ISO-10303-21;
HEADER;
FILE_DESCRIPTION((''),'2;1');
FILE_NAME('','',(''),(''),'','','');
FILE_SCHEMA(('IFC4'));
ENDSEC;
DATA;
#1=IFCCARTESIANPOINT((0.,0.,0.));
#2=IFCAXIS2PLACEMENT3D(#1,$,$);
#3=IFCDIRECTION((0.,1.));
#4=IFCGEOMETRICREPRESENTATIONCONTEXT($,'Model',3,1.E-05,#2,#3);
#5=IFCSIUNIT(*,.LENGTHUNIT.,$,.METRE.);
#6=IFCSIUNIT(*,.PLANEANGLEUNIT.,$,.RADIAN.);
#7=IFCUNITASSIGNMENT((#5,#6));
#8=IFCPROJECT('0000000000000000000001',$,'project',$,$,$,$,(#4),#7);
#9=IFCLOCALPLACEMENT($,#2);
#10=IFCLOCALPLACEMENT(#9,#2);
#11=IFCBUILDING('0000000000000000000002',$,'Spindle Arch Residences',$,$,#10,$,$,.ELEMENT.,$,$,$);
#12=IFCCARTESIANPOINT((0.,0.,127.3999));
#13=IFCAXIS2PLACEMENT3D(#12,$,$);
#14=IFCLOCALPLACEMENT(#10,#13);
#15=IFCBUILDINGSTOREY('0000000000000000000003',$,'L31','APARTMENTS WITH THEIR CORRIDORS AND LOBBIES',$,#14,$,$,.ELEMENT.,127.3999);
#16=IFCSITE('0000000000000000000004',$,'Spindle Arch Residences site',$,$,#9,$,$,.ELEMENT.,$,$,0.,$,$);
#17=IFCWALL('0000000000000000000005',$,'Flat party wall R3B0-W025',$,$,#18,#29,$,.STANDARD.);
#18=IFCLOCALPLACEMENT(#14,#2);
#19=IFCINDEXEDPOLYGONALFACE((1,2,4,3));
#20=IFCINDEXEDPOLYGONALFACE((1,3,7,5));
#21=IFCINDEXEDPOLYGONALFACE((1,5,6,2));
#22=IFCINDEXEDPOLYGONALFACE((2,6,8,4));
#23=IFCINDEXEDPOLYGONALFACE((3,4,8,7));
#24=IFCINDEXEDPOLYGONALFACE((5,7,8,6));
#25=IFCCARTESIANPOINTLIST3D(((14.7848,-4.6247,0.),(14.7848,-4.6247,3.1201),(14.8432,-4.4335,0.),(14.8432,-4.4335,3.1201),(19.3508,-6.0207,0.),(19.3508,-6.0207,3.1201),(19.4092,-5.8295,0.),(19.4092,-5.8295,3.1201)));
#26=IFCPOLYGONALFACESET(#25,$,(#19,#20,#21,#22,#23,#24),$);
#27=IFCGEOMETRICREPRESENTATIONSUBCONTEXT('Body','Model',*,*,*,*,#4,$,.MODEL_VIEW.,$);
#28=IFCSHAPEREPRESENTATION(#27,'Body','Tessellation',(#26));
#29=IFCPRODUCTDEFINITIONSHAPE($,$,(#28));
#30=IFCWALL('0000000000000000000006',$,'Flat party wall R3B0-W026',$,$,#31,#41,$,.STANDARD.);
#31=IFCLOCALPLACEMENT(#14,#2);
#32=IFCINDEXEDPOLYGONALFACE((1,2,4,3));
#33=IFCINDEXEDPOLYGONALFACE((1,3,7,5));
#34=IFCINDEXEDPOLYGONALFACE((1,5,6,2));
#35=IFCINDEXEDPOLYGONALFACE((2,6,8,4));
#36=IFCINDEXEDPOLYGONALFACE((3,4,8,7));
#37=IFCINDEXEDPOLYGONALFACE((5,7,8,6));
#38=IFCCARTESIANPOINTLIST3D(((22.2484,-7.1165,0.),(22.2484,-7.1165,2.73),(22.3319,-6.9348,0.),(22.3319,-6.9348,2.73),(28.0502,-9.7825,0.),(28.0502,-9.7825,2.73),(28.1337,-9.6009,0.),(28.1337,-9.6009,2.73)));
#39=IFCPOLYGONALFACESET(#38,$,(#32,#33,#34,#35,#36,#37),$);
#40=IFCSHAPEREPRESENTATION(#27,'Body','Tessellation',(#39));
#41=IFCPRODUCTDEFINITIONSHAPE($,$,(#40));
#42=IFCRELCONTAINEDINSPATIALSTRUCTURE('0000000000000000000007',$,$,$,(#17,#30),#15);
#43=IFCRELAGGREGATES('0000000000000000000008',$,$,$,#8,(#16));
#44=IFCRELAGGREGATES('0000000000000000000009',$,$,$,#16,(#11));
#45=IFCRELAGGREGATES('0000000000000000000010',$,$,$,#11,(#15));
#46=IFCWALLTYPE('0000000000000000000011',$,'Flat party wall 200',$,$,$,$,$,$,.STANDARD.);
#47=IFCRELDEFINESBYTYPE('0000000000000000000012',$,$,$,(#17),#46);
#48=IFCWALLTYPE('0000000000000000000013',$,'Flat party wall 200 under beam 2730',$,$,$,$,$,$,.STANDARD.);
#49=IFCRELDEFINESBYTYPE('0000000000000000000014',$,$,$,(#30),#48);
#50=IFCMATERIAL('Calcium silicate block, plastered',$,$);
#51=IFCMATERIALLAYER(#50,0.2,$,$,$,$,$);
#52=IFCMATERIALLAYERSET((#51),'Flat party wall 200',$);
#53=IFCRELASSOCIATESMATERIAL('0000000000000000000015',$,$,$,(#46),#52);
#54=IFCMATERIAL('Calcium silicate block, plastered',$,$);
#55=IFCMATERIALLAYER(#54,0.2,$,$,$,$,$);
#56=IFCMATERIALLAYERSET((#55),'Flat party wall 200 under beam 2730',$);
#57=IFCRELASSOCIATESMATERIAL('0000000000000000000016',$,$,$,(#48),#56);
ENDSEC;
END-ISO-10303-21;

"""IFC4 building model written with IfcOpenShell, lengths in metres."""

from ifc_helpers import new_model, si_unit, direction, frame, frame_2d, origin, place, context, subcontext, project, spatial, rectangle, extrude, material, layer, layer_set, type_object, element, save


model = new_model("IFC4")

# Units and contexts
model_context = context("Model", 3, precision=1e-05, world=origin(), true_north=direction((0.0, 1.0)))
body_context = subcontext(model_context, "Body", "Model", "MODEL_VIEW")
ifc_project = project(units=[si_unit("LENGTHUNIT", "METRE"), si_unit("PLANEANGLEUNIT", "RADIAN")], contexts=[model_context])

# Site, building, storey
site_placement = place(None, origin())
site = spatial("IfcSite", under=ifc_project, at=site_placement, Name="Spindle Arch Residences site", CompositionType="ELEMENT", RefElevation=0.0)
building_placement = place(site_placement, origin())
building = spatial("IfcBuilding", under=site, at=building_placement, Name="Spindle Arch Residences", CompositionType="ELEMENT")
storey_placement = place(building_placement, frame((0.0, 0.0, 127.3999)))
storey = spatial("IfcBuildingStorey", under=building, at=storey_placement, Name="L31", Description="APARTMENTS WITH THEIR CORRIDORS AND LOBBIES", CompositionType="ELEMENT", Elevation=127.3999)

# Walls
ifc_material_1 = material(Name="Calcium silicate block, plastered")
ifc_layer_1 = layer(ifc_material_1, 0.2)
ifc_layer_set_1 = layer_set([ifc_layer_1], Name="Flat party wall 200")
wall_type_1 = type_object("IfcWallType", Name="Flat party wall 200", PredefinedType="STANDARD", material=ifc_layer_set_1)
wall_1_placement = place(storey_placement, frame((19.3799, -5.925, 0.0), z_axis=(0.0, 0.0, 1.0), x_axis=(-0.956302, 0.292382, 0.0)))
element("IfcWall", 1, at=wall_1_placement, inside=storey, type_object=wall_type_1, Name="Flat party wall R3B0-W025", PredefinedType="STANDARD", context=body_context, shape_type="SweptSolid", body=[
    extrude(rectangle(XDim=4.7747, YDim=0.2, at=frame_2d((2.3872, 0.0))), origin(), (0.0, 0.0, 1.0), 3.1201),
])
ifc_material_2 = material(Name="Calcium silicate block, plastered")
ifc_layer_2 = layer(ifc_material_2, 0.2)
ifc_layer_set_2 = layer_set([ifc_layer_2], Name="Flat party wall 200 under beam 2730")
wall_type_2 = type_object("IfcWallType", Name="Flat party wall 200 under beam 2730", PredefinedType="STANDARD", material=ifc_layer_set_2)
wall_2_placement = place(storey_placement, frame((28.0918, -9.6917, 0.0), z_axis=(0.0, 0.0, 1.0), x_axis=(-0.908656, 0.417545, 0.0)))
element("IfcWall", 2, at=wall_2_placement, inside=storey, type_object=wall_type_2, Name="Flat party wall R3B0-W026", PredefinedType="STANDARD", context=body_context, shape_type="SweptSolid", body=[
    extrude(rectangle(XDim=6.385, YDim=0.2, at=frame_2d((3.1924, 0.0))), origin(), (0.0, 0.0, 1.0), 2.73),
])

save(model, "model.ifc")
